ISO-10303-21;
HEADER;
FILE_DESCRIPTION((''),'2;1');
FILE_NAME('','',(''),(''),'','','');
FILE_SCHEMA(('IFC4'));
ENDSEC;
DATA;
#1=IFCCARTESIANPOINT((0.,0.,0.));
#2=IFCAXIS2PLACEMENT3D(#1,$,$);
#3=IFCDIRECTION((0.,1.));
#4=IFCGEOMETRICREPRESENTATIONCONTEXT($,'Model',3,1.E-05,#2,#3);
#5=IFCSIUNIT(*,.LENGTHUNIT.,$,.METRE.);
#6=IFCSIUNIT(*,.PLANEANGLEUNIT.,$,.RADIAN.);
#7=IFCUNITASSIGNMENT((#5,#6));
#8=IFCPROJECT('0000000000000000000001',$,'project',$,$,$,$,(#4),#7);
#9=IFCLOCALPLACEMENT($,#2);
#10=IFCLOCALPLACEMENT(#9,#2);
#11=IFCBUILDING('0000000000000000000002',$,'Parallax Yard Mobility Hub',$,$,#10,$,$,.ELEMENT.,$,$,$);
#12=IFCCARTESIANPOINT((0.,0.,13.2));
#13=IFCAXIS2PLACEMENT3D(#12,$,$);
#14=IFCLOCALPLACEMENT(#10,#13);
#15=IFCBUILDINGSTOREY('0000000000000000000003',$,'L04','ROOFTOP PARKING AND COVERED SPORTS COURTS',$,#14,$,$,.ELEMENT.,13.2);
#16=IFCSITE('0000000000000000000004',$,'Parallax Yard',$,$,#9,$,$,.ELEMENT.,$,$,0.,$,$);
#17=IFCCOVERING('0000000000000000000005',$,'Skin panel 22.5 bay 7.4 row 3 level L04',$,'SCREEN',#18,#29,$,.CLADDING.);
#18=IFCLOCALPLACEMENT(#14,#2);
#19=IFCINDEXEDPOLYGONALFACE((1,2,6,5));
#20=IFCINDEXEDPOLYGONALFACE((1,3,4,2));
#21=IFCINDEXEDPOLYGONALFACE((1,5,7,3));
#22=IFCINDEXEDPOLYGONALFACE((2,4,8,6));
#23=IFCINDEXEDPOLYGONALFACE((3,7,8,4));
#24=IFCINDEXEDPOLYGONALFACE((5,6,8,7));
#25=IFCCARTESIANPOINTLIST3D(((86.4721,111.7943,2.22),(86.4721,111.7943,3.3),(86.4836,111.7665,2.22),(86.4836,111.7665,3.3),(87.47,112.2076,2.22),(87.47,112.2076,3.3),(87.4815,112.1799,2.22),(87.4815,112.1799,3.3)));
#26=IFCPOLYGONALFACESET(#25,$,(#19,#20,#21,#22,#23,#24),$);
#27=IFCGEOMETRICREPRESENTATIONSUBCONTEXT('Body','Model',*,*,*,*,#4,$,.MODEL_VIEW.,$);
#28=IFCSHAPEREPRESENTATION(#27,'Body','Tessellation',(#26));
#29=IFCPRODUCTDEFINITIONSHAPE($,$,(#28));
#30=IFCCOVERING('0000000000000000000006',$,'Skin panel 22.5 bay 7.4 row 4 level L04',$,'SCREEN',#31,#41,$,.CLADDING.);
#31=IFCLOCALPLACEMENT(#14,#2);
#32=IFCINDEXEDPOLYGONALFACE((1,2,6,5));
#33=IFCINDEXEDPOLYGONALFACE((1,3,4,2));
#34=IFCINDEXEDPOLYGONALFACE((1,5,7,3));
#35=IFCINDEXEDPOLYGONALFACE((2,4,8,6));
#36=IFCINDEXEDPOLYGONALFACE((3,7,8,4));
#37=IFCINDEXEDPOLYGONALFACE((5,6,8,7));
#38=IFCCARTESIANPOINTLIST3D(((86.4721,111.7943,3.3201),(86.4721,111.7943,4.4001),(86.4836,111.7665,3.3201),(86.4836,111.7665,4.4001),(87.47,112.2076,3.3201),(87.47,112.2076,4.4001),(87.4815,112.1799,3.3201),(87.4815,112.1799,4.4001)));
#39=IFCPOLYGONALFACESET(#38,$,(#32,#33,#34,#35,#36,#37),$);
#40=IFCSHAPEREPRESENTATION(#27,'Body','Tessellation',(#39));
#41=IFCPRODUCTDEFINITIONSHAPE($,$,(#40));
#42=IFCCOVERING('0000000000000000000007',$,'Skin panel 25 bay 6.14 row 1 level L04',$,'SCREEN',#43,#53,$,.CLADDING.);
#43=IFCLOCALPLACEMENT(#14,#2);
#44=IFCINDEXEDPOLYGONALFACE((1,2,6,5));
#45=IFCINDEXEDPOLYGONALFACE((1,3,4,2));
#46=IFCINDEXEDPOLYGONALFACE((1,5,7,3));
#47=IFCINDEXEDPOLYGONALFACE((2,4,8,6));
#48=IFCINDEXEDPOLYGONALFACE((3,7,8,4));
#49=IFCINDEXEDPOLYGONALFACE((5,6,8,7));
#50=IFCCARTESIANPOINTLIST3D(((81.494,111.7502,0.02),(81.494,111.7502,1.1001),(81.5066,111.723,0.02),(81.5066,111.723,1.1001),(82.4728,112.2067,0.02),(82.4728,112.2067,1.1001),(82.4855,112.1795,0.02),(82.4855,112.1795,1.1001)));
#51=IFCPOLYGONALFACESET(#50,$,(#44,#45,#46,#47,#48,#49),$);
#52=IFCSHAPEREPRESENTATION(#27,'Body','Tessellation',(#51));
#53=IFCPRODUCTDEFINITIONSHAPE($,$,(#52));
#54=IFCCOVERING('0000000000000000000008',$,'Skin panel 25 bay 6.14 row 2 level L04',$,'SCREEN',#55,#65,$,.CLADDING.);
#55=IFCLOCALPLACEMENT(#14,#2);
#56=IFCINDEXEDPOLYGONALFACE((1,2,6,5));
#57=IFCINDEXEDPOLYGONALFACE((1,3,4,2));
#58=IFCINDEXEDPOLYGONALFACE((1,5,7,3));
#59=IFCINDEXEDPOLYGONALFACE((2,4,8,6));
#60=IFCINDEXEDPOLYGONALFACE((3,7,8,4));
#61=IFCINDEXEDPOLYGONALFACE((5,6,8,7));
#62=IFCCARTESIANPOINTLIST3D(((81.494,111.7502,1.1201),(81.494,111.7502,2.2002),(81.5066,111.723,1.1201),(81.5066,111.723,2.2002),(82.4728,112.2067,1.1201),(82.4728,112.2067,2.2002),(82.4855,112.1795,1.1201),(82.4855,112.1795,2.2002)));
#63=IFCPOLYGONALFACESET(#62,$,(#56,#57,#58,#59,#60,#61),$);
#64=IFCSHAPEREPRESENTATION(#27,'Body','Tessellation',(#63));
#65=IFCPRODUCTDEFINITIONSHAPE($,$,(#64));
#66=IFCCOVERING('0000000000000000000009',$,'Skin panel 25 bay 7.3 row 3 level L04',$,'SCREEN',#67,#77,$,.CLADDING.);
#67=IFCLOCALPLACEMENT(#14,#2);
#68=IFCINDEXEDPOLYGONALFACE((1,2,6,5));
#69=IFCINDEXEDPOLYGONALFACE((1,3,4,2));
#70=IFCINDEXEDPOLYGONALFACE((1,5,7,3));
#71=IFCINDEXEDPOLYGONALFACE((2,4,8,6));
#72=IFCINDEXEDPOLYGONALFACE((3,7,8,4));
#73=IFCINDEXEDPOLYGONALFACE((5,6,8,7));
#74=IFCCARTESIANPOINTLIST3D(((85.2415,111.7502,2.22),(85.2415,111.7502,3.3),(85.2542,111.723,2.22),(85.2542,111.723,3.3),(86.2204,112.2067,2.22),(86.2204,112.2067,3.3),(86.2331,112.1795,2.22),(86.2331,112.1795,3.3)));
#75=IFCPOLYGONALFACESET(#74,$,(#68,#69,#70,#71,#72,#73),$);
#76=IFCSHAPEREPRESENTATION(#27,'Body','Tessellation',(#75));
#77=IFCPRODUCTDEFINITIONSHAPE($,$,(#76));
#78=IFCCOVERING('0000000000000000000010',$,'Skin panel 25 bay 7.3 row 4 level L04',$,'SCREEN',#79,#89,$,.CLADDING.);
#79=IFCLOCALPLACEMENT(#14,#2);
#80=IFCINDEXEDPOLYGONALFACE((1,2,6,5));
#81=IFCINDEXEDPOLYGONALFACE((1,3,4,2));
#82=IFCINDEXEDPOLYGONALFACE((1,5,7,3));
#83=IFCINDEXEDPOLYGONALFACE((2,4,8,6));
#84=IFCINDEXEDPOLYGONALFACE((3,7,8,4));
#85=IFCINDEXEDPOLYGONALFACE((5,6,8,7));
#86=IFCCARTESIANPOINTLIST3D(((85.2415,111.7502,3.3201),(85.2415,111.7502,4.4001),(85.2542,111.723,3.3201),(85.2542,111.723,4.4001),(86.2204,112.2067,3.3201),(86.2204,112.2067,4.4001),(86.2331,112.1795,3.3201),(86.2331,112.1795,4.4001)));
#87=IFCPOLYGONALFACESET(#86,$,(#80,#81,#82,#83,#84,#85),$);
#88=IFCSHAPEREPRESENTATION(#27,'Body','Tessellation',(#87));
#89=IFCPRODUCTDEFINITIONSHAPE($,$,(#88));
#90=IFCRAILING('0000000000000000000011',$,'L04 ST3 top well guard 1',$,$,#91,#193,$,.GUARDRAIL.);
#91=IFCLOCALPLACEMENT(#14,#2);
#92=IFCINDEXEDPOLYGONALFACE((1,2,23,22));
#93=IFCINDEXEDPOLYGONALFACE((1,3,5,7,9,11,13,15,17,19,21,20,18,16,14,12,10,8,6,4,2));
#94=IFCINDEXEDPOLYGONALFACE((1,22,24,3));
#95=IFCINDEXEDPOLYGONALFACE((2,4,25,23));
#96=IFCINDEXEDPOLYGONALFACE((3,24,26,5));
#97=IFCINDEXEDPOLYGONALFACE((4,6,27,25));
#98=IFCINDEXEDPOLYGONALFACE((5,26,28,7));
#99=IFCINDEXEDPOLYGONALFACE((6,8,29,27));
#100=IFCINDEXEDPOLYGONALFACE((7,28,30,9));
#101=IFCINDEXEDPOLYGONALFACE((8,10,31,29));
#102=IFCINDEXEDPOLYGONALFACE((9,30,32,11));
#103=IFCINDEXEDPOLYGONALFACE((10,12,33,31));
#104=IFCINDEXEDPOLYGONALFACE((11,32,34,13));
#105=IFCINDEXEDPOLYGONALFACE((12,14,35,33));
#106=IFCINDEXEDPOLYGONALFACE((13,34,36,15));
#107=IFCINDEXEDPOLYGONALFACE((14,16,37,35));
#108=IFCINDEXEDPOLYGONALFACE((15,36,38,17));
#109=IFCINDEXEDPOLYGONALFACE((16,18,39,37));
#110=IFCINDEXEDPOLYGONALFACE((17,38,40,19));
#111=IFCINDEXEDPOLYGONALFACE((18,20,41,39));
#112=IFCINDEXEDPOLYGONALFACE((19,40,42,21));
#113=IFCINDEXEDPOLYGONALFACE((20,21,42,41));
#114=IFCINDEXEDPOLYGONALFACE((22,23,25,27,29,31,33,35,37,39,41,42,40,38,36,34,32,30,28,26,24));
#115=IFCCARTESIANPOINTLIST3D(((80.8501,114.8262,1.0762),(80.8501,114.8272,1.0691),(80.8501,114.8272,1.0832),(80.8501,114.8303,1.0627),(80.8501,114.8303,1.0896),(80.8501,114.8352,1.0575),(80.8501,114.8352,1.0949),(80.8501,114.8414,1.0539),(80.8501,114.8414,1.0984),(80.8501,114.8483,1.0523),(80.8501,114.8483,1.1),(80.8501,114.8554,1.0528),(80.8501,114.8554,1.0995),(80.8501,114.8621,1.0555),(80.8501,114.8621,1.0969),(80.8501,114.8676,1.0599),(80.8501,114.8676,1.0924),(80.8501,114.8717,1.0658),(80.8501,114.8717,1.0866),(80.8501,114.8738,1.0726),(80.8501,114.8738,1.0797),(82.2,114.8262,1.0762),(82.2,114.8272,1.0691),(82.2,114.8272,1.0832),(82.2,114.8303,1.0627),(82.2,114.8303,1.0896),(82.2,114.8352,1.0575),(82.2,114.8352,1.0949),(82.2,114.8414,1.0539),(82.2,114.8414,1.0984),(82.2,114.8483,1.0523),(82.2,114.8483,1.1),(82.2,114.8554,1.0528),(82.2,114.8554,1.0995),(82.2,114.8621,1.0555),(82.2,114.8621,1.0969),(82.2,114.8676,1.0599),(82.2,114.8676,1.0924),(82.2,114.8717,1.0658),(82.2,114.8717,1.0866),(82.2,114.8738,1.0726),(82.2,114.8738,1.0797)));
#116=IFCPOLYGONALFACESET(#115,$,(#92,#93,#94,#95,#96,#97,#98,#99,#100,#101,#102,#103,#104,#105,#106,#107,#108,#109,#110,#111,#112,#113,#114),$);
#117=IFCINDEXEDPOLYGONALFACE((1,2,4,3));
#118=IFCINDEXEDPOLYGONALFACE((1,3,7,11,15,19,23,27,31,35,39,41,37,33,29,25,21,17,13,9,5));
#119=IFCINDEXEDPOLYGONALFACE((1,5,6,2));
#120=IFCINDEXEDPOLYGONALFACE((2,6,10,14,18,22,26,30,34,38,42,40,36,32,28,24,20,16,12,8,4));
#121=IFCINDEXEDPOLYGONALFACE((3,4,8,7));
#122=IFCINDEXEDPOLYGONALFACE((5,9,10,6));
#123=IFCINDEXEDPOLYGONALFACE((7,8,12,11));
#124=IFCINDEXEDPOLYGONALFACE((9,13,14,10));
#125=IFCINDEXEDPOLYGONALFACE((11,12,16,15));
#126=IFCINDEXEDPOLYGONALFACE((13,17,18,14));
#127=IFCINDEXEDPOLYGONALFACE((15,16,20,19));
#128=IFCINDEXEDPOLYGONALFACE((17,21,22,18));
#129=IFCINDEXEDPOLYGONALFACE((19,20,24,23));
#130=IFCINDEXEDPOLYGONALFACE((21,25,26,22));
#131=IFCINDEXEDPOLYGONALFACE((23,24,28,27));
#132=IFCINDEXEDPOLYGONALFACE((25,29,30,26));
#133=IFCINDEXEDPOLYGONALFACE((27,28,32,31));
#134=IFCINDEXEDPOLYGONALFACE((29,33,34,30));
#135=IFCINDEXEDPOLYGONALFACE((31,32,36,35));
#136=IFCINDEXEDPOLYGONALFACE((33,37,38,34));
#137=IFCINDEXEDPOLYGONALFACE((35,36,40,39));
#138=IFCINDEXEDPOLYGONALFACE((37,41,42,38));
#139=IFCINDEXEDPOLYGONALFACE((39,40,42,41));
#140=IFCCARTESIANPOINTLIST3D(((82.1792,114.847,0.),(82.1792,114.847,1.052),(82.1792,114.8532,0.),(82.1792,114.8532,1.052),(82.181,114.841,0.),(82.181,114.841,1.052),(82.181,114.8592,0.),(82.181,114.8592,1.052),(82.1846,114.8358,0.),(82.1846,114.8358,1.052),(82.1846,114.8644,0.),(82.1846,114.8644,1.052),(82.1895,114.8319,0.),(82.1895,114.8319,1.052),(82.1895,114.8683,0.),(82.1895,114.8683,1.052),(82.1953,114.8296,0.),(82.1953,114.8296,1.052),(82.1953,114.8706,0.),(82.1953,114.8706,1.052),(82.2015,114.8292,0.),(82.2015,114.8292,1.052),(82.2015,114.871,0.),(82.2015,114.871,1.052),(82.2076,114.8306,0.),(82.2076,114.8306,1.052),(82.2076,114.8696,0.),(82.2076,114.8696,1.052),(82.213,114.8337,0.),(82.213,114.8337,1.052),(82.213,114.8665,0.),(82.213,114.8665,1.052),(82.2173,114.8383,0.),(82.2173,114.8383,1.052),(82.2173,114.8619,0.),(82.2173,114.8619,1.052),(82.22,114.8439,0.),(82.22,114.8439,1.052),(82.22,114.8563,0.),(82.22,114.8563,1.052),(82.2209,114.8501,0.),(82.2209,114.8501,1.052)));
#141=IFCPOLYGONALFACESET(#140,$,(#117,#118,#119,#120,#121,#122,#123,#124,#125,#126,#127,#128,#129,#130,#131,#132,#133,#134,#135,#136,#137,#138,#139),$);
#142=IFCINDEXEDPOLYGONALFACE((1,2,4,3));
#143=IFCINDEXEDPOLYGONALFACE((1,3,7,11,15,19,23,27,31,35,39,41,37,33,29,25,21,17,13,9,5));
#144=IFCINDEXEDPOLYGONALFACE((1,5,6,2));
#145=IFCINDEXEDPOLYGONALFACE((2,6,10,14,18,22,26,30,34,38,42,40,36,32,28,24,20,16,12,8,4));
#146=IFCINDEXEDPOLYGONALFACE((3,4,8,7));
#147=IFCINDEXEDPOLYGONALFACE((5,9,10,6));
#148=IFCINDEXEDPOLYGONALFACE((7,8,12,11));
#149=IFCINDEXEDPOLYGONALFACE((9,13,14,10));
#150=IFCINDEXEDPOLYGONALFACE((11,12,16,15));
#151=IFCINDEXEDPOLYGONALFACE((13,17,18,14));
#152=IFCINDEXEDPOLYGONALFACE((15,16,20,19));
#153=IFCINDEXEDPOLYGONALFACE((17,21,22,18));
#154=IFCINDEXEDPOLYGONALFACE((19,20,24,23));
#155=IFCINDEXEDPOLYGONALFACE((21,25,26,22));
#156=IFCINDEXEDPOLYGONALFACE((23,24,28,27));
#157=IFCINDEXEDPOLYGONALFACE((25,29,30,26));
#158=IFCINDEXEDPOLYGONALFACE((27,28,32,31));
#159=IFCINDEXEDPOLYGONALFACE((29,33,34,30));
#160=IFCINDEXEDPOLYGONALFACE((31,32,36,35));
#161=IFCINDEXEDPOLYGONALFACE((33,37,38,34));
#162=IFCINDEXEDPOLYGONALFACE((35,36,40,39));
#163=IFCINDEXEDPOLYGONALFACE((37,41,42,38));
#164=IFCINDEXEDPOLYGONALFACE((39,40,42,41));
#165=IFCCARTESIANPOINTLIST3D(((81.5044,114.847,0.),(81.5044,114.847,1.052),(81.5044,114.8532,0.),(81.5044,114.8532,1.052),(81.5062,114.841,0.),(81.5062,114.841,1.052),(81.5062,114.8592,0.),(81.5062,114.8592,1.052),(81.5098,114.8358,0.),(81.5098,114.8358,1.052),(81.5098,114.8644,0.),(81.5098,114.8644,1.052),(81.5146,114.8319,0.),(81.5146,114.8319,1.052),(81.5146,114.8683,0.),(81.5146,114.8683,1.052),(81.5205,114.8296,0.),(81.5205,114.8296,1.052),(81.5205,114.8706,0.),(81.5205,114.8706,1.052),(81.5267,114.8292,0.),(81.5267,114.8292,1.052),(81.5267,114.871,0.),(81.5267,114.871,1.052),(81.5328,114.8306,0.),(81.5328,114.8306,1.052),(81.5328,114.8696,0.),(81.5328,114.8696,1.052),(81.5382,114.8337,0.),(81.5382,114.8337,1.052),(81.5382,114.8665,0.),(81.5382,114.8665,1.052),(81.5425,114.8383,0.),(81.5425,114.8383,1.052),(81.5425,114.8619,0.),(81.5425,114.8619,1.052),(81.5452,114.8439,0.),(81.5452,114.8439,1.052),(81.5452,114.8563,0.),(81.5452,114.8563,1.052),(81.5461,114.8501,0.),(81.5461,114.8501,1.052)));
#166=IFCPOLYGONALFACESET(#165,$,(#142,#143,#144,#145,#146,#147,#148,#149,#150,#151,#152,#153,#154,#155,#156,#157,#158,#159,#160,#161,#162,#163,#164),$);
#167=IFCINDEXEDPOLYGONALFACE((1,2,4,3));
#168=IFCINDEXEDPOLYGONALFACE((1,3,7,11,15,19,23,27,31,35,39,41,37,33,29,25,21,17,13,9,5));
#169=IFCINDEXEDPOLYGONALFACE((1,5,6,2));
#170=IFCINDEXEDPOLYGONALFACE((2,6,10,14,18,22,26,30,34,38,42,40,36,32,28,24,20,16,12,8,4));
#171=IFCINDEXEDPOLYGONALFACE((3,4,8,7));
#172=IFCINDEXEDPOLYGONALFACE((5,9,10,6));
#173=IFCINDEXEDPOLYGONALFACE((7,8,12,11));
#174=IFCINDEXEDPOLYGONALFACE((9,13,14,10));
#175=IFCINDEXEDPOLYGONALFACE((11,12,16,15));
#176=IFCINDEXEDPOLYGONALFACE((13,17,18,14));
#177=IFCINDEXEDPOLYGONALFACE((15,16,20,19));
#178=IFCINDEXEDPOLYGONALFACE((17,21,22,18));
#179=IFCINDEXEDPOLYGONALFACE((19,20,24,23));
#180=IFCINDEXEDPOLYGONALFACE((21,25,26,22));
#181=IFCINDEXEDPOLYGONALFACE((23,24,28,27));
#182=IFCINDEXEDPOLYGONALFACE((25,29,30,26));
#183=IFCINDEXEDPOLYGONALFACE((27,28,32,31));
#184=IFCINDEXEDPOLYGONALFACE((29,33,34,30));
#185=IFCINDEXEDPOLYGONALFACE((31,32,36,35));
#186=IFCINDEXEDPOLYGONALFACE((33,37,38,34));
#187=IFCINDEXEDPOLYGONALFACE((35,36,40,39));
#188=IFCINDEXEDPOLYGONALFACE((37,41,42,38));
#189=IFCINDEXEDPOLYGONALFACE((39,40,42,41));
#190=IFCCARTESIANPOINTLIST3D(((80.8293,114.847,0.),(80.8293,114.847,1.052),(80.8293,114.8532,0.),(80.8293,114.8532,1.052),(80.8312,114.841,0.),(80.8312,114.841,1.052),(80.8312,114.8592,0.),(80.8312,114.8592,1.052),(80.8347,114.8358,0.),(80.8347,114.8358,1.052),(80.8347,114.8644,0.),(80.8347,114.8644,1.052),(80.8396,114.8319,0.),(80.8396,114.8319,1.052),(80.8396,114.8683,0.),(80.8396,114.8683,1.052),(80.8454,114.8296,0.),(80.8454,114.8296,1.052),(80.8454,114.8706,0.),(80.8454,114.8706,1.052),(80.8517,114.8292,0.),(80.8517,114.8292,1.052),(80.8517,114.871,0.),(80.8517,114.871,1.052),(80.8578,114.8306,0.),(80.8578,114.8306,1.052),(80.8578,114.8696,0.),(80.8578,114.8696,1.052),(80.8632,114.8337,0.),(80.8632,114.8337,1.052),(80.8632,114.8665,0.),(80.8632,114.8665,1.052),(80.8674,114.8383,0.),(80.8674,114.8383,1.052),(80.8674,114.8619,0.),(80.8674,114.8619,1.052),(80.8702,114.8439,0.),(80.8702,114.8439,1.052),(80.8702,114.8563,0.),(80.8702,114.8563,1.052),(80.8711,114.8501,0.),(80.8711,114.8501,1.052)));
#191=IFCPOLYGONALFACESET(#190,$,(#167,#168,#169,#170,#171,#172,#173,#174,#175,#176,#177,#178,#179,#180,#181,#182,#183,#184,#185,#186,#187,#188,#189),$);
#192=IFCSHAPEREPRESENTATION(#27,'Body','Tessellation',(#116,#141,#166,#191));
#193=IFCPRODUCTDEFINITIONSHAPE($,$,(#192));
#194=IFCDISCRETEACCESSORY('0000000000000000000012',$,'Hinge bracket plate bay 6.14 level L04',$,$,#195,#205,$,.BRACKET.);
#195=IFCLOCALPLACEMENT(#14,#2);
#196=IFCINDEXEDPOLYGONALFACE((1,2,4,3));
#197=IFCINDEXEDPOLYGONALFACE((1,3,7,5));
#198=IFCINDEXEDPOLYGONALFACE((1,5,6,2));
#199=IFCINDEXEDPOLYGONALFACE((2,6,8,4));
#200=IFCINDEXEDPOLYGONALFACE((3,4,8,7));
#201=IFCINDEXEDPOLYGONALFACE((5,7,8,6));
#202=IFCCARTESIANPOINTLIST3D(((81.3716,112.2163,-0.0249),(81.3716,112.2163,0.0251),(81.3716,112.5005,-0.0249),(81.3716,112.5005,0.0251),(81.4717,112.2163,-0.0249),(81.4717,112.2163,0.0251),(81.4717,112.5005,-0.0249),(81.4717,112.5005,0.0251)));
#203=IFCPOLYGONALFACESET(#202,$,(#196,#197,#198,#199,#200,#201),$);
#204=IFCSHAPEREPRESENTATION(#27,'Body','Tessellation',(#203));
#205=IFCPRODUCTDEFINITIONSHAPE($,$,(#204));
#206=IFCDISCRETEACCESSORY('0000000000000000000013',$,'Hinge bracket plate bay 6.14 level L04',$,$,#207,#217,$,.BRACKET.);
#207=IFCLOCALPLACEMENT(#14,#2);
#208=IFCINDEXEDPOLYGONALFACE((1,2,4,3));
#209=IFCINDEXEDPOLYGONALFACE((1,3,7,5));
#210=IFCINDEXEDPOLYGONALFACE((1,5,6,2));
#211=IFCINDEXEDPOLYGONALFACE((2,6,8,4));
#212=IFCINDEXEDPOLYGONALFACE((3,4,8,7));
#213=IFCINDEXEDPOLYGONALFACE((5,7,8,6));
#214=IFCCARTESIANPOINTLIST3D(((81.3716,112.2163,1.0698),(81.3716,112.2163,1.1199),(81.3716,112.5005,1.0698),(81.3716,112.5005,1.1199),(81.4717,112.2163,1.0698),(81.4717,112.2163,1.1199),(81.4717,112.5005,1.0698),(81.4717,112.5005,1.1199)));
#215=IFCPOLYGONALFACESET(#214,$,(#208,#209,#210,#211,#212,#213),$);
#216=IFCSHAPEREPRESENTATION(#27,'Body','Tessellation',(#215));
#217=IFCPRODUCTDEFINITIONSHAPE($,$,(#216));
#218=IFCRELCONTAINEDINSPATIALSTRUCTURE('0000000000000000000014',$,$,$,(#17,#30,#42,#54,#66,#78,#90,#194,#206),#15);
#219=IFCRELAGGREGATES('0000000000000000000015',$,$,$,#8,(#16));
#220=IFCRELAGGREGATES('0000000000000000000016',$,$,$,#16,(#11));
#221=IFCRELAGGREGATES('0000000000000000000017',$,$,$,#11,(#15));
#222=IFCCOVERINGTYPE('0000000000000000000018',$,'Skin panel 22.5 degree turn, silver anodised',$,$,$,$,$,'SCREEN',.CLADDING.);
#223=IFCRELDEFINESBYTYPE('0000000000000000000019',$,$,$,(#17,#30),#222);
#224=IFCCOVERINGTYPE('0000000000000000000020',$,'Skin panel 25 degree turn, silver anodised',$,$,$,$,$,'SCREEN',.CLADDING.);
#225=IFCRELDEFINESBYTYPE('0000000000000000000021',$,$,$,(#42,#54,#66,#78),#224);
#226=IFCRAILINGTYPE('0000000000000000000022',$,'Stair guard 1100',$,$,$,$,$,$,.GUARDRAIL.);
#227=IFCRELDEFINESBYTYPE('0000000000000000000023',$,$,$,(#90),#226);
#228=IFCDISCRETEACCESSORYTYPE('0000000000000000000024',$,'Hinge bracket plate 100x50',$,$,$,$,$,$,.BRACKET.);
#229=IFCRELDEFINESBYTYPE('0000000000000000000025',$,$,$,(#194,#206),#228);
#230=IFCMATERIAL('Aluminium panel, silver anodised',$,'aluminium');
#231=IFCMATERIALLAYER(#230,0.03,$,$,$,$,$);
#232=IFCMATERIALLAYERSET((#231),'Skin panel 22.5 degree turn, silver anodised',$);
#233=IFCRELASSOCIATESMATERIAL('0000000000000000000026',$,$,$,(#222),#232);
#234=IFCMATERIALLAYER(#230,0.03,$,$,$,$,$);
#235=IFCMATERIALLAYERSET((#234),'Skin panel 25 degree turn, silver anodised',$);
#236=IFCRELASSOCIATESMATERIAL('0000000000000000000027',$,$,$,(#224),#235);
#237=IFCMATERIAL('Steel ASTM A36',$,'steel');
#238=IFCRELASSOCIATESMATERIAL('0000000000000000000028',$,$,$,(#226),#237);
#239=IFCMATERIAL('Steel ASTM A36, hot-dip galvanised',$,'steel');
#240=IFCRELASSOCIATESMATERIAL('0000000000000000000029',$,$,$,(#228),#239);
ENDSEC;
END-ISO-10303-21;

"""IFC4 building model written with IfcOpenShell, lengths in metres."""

from ifc_helpers import new_model, si_unit, direction, frame, origin, origin_2d, place, context, subcontext, project, spatial, rectangle, circle, extrude, material, layer, layer_set, type_object, element, save


model = new_model("IFC4")

# Units and contexts
model_context = context("Model", 3, precision=1e-05, world=origin(), true_north=direction((0.0, 1.0)))
body_context = subcontext(model_context, "Body", "Model", "MODEL_VIEW")
ifc_project = project(units=[si_unit("LENGTHUNIT", "METRE"), si_unit("PLANEANGLEUNIT", "RADIAN")], contexts=[model_context])

# Site, building, storey
site_placement = place(None, origin())
site = spatial("IfcSite", under=ifc_project, at=site_placement, Name="Parallax Yard", CompositionType="ELEMENT", RefElevation=0.0)
building_placement = place(site_placement, origin())
building = spatial("IfcBuilding", under=site, at=building_placement, Name="Parallax Yard Mobility Hub", CompositionType="ELEMENT")
storey_placement = place(building_placement, frame((0.0, 0.0, 13.2)))
storey = spatial("IfcBuildingStorey", under=building, at=storey_placement, Name="L04", Description="ROOFTOP PARKING AND COVERED SPORTS COURTS", CompositionType="ELEMENT", Elevation=13.2)

# Coverings
ifc_material_1 = material(Name="Aluminium panel, silver anodised", Category="aluminium")
ifc_layer_1 = layer(ifc_material_1, 0.03)
ifc_layer_set_1 = layer_set([ifc_layer_1], Name="Skin panel 22.5 degree turn, silver anodised")
covering_type_1 = type_object("IfcCoveringType", Name="Skin panel 22.5 degree turn, silver anodised", ElementType="SCREEN", PredefinedType="CLADDING", material=ifc_layer_set_1)
for number, where, z_axis, x_axis, name in (
    (1, (86.9768, 111.9871, 2.22), (0.0, 0.0, 1.0), (-0.92388, -0.382683, 0.0), "Skin panel 22.5 bay 7.4 row 3 level L04"),
    (2, (86.9768, 111.9871, 3.3201), (0.0, 0.0, 1.0), (-0.92388, -0.382683, 0.0), "Skin panel 22.5 bay 7.4 row 4 level L04"),
):
    element("IfcCovering", number, at=place(storey_placement, frame(where, z_axis=z_axis, x_axis=x_axis)), inside=storey, type_object=covering_type_1, Name=name, ObjectType="SCREEN", PredefinedType="CLADDING", context=body_context, shape_type="SweptSolid", body=[
        extrude(rectangle(XDim=1.0801, YDim=0.03, at=origin_2d()), origin(), (0.0, 0.0, 1.0), 1.0801),
    ])
ifc_layer_2 = layer(ifc_material_1, 0.03)
ifc_layer_set_2 = layer_set([ifc_layer_2], Name="Skin panel 25 degree turn, silver anodised")
covering_type_2 = type_object("IfcCoveringType", Name="Skin panel 25 degree turn, silver anodised", ElementType="SCREEN", PredefinedType="CLADDING", material=ifc_layer_set_2)
for number, where, z_axis, x_axis, name in (
    (3, (81.9897, 111.9648, 0.02), (0.0, 0.0, 1.0), (-0.906308, -0.422618, 0.0), "Skin panel 25 bay 6.14 row 1 level L04"),
    (4, (81.9897, 111.9648, 1.1201), (0.0, 0.0, 1.0), (-0.906308, -0.422618, 0.0), "Skin panel 25 bay 6.14 row 2 level L04"),
    (5, (85.7373, 111.9648, 2.22), (0.0, 0.0, 1.0), (-0.906308, -0.422618, 0.0), "Skin panel 25 bay 7.3 row 3 level L04"),
    (6, (85.7373, 111.9648, 3.3201), (0.0, 0.0, 1.0), (-0.906308, -0.422618, 0.0), "Skin panel 25 bay 7.3 row 4 level L04"),
):
    element("IfcCovering", number, at=place(storey_placement, frame(where, z_axis=z_axis, x_axis=x_axis)), inside=storey, type_object=covering_type_2, Name=name, ObjectType="SCREEN", PredefinedType="CLADDING", context=body_context, shape_type="SweptSolid", body=[
        extrude(rectangle(XDim=1.0801, YDim=0.03, at=origin_2d()), origin(), (0.0, 0.0, 1.0), 1.0801),
    ])

# Railing
ifc_material_2 = material(Name="Steel ASTM A36", Category="steel")
railing_type = type_object("IfcRailingType", Name="Stair guard 1100", PredefinedType="GUARDRAIL", material=ifc_material_2)
railing_placement = place(storey_placement, frame((82.2, 114.8501, 0.0)))
element("IfcRailing", 7, at=railing_placement, inside=storey, type_object=railing_type, Name="L04 ST3 top well guard 1", PredefinedType="GUARDRAIL", context=body_context, shape_type="SweptSolid", body=[
    extrude(circle(Radius=0.0239, at=origin_2d()), frame((0.0, 0.0, 1.0762), z_axis=(-1.0, 0.0, 0.0), x_axis=(0.0, -1.0, 0.0)), (0.0, 0.0, 1.0), 1.3499),
    extrude(circle(Radius=0.021, at=origin_2d()), origin(), (0.0, 0.0, 1.0), 1.052),
    extrude(circle(Radius=0.021, at=origin_2d()), frame((-0.6748, 0.0, 0.0)), (0.0, 0.0, 1.0), 1.052),
    extrude(circle(Radius=0.021, at=origin_2d()), frame((-1.3499, 0.0, 0.0)), (0.0, 0.0, 1.0), 1.052),
])

# Discrete accessories
ifc_material_3 = material(Name="Steel ASTM A36, hot-dip galvanised", Category="steel")
discrete_accessory_type_1 = type_object("IfcDiscreteAccessoryType", Name="Hinge bracket plate 100x50", PredefinedType="BRACKET", material=ifc_material_3)
for number, where, z_axis, x_axis, name in (
    (8, (81.4216, 112.3584, -0.0249), (0.0, 0.0, 1.0), (0.0, -1.0, 0.0), "Hinge bracket plate bay 6.14 level L04"),
    (9, (81.4216, 112.3584, 1.0698), (0.0, 0.0, 1.0), (0.0, -1.0, 0.0), "Hinge bracket plate bay 6.14 level L04"),
):
    element("IfcDiscreteAccessory", number, at=place(storey_placement, frame(where, z_axis=z_axis, x_axis=x_axis)), inside=storey, type_object=discrete_accessory_type_1, Name=name, PredefinedType="BRACKET", context=body_context, shape_type="SweptSolid", body=[
        extrude(rectangle(XDim=0.2842, YDim=0.1001, at=origin_2d()), origin(), (0.0, 0.0, 1.0), 0.05),
    ])

save(model, "model.ifc")
